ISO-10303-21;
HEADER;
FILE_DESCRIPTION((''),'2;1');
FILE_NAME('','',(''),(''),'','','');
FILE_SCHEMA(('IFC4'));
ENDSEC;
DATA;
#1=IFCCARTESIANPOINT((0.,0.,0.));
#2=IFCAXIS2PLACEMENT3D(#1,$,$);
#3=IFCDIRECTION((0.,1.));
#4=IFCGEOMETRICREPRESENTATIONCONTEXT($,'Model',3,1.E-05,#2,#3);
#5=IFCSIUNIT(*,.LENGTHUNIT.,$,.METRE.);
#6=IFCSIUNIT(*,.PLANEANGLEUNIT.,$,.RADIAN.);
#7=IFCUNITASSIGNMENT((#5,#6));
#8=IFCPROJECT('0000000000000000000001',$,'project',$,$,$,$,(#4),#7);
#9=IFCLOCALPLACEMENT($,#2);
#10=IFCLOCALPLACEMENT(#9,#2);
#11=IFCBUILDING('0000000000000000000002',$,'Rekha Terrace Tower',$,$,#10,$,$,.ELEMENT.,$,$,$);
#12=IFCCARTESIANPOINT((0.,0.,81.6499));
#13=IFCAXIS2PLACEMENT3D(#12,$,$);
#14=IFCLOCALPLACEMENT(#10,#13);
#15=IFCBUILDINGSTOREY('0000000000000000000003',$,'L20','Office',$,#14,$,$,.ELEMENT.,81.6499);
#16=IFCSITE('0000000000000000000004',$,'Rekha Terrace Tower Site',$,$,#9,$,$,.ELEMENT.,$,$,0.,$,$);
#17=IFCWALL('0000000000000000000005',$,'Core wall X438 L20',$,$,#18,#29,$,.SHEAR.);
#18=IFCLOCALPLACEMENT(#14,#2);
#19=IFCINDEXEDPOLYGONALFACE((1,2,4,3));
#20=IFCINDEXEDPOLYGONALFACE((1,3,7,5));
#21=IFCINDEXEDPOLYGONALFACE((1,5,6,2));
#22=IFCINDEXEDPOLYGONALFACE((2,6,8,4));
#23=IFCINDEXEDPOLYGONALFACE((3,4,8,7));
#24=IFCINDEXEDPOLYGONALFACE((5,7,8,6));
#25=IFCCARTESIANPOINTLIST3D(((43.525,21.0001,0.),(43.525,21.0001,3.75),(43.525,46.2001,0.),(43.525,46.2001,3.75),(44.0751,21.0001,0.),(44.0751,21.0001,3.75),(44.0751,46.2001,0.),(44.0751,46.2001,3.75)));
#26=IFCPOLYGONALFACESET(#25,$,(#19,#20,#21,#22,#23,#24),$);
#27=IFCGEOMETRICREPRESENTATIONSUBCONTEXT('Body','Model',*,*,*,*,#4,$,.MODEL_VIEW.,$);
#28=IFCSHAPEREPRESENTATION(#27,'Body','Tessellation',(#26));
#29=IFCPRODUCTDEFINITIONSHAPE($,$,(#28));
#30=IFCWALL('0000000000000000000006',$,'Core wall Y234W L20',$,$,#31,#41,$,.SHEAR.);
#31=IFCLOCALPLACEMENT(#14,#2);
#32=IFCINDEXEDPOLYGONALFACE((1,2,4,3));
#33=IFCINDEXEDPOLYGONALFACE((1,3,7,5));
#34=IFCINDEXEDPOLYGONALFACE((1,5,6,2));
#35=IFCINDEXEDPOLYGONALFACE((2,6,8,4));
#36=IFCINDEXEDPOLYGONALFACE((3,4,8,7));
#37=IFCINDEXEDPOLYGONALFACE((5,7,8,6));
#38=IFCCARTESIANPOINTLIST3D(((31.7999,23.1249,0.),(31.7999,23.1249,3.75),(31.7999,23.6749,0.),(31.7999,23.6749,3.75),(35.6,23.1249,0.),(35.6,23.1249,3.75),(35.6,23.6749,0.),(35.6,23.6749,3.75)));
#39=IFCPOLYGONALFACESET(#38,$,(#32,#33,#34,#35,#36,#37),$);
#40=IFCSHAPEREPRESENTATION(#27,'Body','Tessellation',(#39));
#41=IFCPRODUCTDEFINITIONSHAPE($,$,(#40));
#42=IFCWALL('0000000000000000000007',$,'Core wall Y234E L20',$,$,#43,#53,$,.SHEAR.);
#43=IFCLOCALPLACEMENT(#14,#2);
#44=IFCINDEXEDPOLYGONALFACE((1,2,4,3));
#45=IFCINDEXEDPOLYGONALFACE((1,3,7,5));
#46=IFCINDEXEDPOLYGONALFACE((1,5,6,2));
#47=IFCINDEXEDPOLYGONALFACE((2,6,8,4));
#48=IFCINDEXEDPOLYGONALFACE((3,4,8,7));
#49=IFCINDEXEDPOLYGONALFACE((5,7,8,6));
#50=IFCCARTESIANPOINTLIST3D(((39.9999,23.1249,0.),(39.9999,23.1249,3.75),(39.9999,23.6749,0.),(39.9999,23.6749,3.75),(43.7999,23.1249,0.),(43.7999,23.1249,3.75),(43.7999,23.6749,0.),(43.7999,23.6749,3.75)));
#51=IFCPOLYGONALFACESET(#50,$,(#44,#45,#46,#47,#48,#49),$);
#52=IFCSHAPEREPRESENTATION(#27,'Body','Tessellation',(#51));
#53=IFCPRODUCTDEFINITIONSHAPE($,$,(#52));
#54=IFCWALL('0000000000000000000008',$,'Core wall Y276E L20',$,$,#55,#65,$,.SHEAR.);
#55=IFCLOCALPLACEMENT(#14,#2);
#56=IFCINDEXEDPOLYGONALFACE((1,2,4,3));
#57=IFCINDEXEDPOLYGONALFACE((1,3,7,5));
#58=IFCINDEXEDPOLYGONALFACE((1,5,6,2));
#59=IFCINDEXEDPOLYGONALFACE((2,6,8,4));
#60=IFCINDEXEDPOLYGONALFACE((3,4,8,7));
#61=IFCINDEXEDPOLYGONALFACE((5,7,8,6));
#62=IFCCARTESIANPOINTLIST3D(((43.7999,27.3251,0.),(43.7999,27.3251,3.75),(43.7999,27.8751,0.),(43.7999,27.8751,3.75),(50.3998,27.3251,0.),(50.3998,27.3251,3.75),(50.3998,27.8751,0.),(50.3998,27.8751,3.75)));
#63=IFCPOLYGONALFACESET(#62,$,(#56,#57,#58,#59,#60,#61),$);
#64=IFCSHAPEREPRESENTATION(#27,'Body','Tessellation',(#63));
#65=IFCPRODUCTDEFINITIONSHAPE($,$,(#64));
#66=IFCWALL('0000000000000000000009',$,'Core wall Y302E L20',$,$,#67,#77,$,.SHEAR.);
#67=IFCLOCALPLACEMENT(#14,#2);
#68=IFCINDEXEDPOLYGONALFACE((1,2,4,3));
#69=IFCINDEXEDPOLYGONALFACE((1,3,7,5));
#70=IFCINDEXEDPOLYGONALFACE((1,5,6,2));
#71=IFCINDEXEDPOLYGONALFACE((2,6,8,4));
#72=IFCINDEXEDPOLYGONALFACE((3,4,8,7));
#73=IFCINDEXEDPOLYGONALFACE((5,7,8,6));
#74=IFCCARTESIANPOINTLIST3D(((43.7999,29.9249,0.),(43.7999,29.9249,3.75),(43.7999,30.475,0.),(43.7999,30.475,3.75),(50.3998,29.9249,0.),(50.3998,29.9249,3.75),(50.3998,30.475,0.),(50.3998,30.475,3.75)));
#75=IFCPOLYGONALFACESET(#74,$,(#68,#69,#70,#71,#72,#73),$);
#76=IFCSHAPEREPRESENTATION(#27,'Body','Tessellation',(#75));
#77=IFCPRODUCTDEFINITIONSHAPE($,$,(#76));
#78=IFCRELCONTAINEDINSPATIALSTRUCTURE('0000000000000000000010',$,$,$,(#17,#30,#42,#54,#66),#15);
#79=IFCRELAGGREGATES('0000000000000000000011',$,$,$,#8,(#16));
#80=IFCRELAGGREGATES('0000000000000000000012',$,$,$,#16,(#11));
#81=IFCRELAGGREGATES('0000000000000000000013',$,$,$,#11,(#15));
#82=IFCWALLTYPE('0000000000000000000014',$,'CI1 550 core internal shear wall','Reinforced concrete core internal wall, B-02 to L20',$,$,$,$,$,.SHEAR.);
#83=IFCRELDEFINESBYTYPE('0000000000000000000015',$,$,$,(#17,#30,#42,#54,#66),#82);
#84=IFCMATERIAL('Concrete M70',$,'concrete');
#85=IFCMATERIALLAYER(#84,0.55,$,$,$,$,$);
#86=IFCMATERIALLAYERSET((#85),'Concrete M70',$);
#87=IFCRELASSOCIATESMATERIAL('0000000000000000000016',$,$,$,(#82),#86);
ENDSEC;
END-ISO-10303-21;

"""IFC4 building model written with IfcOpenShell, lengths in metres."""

from ifc_helpers import new_model, si_unit, direction, frame, frame_2d, origin, place, context, subcontext, project, spatial, rectangle, extrude, material, layer, layer_set, type_object, element, save


model = new_model("IFC4")

# Units and contexts
model_context = context("Model", 3, precision=1e-05, world=origin(), true_north=direction((0.0, 1.0)))
body_context = subcontext(model_context, "Body", "Model", "MODEL_VIEW")
ifc_project = project(units=[si_unit("LENGTHUNIT", "METRE"), si_unit("PLANEANGLEUNIT", "RADIAN")], contexts=[model_context])

# Site, building, storey
site_placement = place(None, origin())
site = spatial("IfcSite", under=ifc_project, at=site_placement, Name="Rekha Terrace Tower Site", CompositionType="ELEMENT", RefElevation=0.0)
building_placement = place(site_placement, origin())
building = spatial("IfcBuilding", under=site, at=building_placement, Name="Rekha Terrace Tower", CompositionType="ELEMENT")
storey_placement = place(building_placement, frame((0.0, 0.0, 81.6499)))
storey = spatial("IfcBuildingStorey", under=building, at=storey_placement, Name="L20", Description="Office", CompositionType="ELEMENT", Elevation=81.6499)

# Walls
ifc_material_1 = material(Name="Concrete M70", Category="concrete")
ifc_layer_1 = layer(ifc_material_1, 0.55)
ifc_layer_set_1 = layer_set([ifc_layer_1], Name="Concrete M70")
wall_type_1 = type_object("IfcWallType", Name="CI1 550 core internal shear wall", Description="Reinforced concrete core internal wall, B-02 to L20", PredefinedType="SHEAR", material=ifc_layer_set_1)
wall_1_placement = place(storey_placement, frame((43.8, 21.0, 0.0), z_axis=(0.0, 0.0, 1.0), x_axis=(0.0, 1.0, 0.0)))
element("IfcWall", 1, at=wall_1_placement, inside=storey, type_object=wall_type_1, Name="Core wall X438 L20", PredefinedType="SHEAR", context=body_context, shape_type="SweptSolid", body=[
    extrude(rectangle(XDim=25.2, YDim=0.55, at=frame_2d((12.6001, 0.0))), origin(), (0.0, 0.0, 1.0), 3.75),
])
for number, where, z_axis, x_axis, name in (
    (2, (31.8, 23.3999, 0.0), (0.0, 0.0, 1.0), (1.0, 0.0, 0.0), "Core wall Y234W L20"),
    (3, (40.0, 23.3999, 0.0), (0.0, 0.0, 1.0), (1.0, 0.0, 0.0), "Core wall Y234E L20"),
):
    element("IfcWall", number, at=place(storey_placement, frame(where, z_axis=z_axis, x_axis=x_axis)), inside=storey, type_object=wall_type_1, Name=name, PredefinedType="SHEAR", context=body_context, shape_type="SweptSolid", body=[
        extrude(rectangle(XDim=3.8, YDim=0.55, at=frame_2d((1.8999, 0.0))), origin(), (0.0, 0.0, 1.0), 3.75),
    ])
for number, where, z_axis, x_axis, name in (
    (4, (43.8, 27.6001, 0.0), (0.0, 0.0, 1.0), (1.0, 0.0, 0.0), "Core wall Y276E L20"),
    (5, (43.8, 30.2, 0.0), (0.0, 0.0, 1.0), (1.0, 0.0, 0.0), "Core wall Y302E L20"),
):
    element("IfcWall", number, at=place(storey_placement, frame(where, z_axis=z_axis, x_axis=x_axis)), inside=storey, type_object=wall_type_1, Name=name, PredefinedType="SHEAR", context=body_context, shape_type="SweptSolid", body=[
        extrude(rectangle(XDim=6.5999, YDim=0.55, at=frame_2d((3.2998, 0.0))), origin(), (0.0, 0.0, 1.0), 3.75),
    ])

save(model, "model.ifc")
